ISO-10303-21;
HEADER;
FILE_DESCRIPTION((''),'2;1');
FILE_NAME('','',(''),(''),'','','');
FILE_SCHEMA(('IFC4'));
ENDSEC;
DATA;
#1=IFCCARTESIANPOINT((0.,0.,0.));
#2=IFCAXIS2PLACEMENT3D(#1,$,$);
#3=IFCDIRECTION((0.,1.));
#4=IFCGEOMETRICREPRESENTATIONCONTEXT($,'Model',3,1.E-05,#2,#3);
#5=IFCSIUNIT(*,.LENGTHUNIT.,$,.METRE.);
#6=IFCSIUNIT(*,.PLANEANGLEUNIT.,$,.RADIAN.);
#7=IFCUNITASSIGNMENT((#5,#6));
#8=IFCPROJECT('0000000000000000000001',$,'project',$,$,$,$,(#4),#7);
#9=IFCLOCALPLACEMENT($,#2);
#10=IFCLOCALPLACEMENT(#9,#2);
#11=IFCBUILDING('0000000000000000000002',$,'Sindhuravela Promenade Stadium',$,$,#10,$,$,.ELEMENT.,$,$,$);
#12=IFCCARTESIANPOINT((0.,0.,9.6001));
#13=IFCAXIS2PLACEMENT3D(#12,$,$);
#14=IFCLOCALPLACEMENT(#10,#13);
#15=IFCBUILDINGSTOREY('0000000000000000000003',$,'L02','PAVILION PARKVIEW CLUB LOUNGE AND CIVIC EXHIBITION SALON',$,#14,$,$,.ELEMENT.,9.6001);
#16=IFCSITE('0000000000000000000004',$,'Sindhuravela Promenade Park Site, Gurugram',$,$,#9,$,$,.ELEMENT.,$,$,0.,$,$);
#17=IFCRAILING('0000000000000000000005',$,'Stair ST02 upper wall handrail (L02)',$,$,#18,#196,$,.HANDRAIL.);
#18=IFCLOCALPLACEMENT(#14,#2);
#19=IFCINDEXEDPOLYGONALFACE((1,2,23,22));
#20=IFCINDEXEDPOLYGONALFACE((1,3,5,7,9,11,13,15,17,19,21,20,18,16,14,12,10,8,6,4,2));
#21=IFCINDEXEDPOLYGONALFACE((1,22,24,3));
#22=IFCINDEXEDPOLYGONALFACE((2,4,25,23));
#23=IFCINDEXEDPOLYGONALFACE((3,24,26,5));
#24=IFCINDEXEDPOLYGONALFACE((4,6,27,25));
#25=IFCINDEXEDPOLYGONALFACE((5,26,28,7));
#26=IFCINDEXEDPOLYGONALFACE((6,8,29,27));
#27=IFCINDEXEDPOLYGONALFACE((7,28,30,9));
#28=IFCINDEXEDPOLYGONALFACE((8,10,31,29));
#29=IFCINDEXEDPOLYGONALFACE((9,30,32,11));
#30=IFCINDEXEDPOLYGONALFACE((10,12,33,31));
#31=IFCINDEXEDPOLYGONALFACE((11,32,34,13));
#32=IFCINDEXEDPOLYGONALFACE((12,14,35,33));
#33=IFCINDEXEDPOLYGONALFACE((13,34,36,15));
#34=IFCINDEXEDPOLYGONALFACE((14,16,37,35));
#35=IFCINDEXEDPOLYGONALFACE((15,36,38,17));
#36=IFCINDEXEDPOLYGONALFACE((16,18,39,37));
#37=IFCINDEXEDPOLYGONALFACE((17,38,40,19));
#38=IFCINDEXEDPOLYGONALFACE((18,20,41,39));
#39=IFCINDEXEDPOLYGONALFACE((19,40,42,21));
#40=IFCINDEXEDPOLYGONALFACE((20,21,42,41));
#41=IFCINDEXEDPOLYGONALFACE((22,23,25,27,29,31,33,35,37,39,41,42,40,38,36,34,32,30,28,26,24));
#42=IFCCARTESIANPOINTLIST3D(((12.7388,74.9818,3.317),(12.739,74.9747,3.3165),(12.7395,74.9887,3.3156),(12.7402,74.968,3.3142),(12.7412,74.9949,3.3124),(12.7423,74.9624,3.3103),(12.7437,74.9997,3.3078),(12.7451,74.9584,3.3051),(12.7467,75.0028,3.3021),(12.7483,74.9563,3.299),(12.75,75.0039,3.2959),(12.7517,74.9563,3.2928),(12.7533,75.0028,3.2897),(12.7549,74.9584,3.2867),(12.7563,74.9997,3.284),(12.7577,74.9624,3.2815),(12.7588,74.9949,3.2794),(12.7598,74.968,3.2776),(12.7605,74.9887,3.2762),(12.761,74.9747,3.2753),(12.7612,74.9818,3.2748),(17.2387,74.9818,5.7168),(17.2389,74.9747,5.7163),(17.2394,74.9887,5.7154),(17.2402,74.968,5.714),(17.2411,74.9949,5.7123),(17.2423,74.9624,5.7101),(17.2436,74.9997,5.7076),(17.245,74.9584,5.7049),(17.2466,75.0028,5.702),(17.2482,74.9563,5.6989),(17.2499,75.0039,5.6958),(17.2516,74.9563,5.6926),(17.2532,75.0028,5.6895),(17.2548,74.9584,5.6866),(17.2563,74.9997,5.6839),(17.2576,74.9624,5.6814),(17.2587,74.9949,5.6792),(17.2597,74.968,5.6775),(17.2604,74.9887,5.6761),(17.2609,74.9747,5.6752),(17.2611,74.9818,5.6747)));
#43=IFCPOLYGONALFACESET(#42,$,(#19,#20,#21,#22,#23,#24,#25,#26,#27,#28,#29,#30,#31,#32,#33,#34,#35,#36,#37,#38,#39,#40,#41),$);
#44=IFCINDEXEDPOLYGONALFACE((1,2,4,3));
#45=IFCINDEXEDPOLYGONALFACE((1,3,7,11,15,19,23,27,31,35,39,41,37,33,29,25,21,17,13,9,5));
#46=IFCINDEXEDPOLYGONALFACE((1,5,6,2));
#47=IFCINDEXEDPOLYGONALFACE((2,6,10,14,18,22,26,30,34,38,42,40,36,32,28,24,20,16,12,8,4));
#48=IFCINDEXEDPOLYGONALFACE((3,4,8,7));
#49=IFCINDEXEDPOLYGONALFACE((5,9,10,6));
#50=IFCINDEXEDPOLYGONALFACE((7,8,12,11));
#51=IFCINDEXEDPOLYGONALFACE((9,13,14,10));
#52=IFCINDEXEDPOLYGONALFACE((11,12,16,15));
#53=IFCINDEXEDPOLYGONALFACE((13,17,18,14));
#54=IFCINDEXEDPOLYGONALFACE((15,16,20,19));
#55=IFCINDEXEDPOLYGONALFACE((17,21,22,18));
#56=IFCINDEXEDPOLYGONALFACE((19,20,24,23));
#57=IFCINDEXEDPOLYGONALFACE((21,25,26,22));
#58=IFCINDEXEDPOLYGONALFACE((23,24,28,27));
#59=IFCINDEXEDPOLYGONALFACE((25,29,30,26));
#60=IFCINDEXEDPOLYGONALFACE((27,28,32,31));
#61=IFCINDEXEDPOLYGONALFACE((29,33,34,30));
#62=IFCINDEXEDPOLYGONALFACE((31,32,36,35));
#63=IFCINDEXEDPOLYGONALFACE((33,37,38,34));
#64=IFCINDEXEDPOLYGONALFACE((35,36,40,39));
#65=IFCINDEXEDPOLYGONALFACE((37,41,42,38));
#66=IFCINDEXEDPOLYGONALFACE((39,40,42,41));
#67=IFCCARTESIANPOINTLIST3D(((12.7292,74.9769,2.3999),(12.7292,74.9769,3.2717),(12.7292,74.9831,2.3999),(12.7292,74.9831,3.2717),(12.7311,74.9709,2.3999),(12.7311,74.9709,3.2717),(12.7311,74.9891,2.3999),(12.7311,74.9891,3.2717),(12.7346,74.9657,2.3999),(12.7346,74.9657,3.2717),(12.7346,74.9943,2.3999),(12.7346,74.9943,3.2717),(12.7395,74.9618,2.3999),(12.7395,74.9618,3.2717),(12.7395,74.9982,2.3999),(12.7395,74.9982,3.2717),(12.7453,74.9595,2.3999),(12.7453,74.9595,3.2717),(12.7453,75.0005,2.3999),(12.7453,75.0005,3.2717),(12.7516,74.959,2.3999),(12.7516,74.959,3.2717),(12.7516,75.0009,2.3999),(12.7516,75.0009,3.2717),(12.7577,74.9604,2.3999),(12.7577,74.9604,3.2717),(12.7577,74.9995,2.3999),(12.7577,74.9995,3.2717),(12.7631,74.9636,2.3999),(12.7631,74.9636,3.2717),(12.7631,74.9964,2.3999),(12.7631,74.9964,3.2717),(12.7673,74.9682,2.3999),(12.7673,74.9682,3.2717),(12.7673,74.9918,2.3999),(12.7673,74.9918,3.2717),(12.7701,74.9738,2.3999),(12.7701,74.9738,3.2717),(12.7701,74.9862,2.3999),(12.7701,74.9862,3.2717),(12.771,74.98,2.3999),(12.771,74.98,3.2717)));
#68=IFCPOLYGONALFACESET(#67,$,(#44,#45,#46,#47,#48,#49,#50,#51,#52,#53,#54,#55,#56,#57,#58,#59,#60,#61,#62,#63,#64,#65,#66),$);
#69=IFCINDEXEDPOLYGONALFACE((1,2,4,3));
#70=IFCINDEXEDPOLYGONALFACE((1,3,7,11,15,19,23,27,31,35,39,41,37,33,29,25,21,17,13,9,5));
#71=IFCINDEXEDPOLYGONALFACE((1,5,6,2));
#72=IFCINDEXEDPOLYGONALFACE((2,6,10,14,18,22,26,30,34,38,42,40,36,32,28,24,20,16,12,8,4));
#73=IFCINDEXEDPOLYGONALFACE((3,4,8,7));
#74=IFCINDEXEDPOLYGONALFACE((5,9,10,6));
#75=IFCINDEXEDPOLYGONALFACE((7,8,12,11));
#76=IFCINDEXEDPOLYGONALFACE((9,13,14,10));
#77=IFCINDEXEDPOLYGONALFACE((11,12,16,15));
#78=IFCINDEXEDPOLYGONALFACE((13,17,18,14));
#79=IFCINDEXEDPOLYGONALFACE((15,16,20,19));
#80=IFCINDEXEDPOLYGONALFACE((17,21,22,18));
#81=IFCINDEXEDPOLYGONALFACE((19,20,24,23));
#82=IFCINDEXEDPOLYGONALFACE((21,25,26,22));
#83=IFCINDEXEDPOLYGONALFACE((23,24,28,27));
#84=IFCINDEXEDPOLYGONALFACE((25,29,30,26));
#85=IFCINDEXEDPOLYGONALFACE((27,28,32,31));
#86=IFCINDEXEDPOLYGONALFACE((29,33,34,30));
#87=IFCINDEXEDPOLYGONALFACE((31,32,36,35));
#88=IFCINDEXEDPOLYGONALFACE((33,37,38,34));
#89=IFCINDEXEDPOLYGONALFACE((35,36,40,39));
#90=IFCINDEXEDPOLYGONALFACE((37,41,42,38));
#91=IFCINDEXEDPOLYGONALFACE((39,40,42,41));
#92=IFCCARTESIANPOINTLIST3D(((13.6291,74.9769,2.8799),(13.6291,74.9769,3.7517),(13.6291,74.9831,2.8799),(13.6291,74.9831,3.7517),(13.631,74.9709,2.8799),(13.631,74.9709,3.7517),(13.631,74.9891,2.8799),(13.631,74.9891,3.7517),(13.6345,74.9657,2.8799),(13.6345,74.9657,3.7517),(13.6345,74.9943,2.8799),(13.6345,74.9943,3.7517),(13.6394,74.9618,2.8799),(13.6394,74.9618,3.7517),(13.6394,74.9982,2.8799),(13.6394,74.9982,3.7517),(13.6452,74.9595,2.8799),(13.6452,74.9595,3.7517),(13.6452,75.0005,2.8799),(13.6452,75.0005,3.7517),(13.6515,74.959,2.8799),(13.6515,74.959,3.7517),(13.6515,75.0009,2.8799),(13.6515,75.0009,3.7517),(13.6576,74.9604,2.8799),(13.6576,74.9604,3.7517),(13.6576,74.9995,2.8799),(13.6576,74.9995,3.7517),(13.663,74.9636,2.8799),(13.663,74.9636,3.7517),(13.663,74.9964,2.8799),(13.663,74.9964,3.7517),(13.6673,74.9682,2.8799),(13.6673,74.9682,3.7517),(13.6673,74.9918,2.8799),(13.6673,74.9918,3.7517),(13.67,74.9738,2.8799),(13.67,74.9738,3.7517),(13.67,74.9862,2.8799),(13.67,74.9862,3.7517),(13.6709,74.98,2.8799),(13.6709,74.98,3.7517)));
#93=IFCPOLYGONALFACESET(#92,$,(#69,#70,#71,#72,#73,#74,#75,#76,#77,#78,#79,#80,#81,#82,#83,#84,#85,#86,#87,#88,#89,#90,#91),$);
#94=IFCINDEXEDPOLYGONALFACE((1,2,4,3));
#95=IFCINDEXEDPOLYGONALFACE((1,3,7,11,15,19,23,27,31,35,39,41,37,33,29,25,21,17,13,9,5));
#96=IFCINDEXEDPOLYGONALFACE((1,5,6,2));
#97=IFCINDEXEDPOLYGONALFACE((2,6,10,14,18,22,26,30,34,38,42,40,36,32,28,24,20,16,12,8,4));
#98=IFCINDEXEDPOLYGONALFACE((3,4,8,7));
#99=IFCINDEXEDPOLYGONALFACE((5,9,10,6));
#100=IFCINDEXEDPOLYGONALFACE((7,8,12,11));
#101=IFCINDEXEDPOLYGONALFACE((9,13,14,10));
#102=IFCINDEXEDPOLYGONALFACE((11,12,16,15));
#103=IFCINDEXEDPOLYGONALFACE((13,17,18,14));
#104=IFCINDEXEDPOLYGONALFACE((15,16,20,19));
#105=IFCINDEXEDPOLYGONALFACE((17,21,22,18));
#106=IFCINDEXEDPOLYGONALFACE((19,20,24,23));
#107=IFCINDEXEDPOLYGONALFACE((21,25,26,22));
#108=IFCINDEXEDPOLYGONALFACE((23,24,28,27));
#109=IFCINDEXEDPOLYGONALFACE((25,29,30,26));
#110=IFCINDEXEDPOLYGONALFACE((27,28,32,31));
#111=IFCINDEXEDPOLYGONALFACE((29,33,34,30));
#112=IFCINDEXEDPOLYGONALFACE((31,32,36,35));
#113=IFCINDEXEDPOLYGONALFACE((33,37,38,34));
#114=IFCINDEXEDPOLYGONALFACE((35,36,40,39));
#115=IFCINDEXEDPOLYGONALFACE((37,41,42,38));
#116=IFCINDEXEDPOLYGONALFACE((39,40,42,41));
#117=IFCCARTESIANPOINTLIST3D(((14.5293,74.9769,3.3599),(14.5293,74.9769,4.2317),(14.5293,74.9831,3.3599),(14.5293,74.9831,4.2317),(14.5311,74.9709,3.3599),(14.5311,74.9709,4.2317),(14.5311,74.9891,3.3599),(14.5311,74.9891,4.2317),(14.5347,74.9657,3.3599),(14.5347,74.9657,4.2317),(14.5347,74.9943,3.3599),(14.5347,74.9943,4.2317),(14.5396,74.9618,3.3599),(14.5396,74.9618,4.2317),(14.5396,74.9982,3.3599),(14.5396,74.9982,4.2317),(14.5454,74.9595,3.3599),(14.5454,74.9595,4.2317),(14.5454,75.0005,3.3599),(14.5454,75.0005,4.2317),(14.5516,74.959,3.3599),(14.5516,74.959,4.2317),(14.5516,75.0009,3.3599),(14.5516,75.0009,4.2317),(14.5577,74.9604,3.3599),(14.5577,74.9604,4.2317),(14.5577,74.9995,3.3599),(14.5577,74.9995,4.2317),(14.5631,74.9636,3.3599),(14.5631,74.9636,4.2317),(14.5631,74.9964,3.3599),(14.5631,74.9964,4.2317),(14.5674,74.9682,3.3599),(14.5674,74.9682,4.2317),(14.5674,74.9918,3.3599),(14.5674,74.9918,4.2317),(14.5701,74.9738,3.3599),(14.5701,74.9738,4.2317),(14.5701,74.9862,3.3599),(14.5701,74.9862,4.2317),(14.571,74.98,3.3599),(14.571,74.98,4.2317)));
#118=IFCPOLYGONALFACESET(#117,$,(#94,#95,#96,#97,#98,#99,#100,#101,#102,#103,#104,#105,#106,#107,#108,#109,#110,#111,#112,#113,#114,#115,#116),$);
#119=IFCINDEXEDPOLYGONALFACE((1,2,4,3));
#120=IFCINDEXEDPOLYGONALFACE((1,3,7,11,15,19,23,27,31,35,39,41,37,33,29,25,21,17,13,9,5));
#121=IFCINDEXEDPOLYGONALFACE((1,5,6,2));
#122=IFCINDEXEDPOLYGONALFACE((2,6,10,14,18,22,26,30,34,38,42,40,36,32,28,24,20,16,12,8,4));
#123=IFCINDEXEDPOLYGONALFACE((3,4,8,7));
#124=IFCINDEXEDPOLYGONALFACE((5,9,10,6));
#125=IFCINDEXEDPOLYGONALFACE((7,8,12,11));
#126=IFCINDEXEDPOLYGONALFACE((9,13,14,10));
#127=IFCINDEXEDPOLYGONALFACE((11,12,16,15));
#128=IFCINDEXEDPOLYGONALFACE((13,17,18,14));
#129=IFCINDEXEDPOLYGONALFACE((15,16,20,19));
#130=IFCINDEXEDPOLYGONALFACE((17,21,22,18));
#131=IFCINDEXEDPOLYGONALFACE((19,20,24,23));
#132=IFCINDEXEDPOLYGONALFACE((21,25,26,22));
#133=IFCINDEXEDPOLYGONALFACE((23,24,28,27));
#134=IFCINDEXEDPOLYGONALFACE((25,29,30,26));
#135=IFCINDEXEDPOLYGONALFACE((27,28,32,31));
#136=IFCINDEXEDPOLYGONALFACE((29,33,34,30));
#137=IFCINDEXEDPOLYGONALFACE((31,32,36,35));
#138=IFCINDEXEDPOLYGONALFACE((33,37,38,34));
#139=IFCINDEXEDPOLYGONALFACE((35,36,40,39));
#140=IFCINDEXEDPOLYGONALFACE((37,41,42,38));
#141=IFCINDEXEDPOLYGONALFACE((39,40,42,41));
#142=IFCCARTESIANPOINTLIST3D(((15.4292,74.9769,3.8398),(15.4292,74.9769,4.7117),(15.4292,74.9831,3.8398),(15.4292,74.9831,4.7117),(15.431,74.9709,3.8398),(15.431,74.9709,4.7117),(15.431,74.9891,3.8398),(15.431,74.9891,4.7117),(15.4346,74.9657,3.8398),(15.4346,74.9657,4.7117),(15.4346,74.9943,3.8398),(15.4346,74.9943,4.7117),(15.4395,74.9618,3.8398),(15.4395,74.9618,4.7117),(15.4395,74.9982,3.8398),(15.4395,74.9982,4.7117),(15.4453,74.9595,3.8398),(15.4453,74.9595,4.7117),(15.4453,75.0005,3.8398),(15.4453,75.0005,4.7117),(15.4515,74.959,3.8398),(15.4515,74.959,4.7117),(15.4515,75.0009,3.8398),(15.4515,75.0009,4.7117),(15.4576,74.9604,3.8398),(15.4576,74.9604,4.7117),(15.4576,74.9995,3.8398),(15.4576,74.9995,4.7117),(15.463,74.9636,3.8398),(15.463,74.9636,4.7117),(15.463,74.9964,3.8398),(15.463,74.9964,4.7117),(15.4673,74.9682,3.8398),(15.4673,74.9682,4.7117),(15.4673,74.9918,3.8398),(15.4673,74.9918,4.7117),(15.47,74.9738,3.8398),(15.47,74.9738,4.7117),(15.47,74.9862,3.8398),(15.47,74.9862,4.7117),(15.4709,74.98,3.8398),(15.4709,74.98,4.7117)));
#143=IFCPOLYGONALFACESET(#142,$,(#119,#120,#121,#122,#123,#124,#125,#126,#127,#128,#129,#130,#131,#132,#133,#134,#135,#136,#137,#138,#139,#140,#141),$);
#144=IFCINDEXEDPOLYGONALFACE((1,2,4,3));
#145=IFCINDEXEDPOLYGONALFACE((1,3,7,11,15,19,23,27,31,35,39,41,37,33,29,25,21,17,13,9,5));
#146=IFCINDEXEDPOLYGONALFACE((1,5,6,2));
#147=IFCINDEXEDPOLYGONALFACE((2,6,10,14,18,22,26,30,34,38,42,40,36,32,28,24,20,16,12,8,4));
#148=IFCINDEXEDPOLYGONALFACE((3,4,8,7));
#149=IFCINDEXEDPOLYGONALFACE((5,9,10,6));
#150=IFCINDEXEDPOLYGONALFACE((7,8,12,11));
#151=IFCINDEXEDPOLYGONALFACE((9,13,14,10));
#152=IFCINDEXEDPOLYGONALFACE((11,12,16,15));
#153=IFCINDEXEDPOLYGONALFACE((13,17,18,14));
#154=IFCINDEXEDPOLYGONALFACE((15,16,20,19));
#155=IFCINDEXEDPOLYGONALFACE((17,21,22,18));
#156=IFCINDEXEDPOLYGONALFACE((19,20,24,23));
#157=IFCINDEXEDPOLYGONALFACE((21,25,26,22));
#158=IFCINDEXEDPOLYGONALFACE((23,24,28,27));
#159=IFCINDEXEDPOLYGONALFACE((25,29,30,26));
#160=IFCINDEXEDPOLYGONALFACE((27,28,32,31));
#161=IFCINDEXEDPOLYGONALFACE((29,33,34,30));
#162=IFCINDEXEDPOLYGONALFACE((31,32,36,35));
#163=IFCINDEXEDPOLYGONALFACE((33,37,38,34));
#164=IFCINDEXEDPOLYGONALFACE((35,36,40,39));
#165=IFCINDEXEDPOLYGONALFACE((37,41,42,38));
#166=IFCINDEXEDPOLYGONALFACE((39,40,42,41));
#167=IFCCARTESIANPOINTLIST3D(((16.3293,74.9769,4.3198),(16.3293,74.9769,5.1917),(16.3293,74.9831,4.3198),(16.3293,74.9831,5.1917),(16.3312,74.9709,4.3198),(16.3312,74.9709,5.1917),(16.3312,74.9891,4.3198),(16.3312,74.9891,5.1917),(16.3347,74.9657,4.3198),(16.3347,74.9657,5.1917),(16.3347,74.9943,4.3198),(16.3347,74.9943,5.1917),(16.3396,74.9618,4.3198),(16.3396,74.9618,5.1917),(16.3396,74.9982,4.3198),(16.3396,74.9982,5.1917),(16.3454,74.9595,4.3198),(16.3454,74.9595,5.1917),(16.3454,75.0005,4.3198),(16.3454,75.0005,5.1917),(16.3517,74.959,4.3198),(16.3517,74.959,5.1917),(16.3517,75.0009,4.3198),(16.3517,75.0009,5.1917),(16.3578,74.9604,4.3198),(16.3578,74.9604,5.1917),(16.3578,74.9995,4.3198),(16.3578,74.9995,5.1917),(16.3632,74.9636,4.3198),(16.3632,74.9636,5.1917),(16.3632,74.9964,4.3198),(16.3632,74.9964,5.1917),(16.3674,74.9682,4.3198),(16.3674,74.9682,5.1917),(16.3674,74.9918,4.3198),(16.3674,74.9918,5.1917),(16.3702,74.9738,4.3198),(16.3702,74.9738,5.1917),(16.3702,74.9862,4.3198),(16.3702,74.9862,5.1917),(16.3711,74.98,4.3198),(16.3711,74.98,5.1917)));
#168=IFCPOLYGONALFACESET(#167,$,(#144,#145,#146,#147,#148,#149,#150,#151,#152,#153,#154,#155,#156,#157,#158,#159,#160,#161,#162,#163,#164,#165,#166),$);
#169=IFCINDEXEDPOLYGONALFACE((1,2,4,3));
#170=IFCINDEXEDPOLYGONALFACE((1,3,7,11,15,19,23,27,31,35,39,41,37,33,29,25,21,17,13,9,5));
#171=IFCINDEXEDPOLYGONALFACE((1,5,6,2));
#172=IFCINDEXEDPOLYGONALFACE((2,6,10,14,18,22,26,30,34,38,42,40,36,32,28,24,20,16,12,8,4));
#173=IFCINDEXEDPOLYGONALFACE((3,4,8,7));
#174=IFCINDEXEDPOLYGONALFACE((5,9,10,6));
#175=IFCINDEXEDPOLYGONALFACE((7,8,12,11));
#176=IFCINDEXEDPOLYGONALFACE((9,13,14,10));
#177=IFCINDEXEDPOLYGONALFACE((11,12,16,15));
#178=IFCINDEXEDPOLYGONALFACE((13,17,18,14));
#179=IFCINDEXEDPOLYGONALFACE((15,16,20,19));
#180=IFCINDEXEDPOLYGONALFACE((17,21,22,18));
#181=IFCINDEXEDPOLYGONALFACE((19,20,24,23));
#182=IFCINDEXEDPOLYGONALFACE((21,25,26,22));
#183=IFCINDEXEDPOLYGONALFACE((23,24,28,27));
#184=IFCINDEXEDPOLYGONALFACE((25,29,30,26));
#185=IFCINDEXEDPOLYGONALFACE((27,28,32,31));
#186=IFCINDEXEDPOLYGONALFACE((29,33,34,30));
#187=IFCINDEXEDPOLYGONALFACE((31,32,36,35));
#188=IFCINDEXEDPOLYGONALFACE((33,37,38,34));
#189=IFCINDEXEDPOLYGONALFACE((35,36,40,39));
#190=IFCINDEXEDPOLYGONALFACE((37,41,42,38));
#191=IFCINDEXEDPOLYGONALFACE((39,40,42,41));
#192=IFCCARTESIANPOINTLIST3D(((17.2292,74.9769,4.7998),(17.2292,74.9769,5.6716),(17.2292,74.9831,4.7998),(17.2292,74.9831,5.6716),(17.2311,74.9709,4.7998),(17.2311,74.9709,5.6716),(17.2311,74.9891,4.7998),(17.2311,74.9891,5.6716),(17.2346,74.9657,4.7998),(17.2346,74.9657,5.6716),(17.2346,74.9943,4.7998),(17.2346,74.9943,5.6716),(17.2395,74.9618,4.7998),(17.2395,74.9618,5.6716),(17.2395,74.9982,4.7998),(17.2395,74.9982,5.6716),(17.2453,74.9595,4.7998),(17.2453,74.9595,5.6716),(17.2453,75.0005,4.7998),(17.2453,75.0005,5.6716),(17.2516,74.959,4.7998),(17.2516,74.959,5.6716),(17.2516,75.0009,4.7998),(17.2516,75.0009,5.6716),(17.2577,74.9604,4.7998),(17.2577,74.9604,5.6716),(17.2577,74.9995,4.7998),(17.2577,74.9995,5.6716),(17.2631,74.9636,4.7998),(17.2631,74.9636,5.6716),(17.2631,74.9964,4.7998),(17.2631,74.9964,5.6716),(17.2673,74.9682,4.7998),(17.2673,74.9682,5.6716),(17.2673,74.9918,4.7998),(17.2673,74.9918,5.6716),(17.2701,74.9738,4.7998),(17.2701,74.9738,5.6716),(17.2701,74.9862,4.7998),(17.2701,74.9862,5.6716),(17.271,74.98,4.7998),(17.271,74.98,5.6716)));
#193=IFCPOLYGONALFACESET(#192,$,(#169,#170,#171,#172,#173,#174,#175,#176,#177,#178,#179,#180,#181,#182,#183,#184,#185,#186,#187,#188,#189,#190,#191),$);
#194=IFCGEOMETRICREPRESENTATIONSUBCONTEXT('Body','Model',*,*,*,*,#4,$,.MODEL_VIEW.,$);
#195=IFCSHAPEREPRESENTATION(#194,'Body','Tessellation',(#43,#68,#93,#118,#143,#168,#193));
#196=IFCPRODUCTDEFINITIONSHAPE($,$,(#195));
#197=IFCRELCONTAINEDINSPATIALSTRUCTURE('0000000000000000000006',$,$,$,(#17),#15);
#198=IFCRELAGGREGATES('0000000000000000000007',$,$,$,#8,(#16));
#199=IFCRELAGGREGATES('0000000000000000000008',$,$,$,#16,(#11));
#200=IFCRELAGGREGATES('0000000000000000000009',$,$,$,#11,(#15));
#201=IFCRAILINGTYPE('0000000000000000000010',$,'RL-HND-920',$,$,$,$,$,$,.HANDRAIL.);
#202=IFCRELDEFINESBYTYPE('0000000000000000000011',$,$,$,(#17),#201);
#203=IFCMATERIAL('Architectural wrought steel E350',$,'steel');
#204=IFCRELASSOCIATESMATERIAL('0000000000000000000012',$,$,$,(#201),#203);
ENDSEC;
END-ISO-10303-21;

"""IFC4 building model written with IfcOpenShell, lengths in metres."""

from ifc_helpers import new_model, si_unit, direction, frame, origin, origin_2d, place, context, subcontext, project, spatial, circle, extrude, material, type_object, element, save


model = new_model("IFC4")

# Units and contexts
model_context = context("Model", 3, precision=1e-05, world=origin(), true_north=direction((0.0, 1.0)))
body_context = subcontext(model_context, "Body", "Model", "MODEL_VIEW")
ifc_project = project(units=[si_unit("LENGTHUNIT", "METRE"), si_unit("PLANEANGLEUNIT", "RADIAN")], contexts=[model_context])

# Site, building, storey
site_placement = place(None, origin())
site = spatial("IfcSite", under=ifc_project, at=site_placement, Name="Sindhuravela Promenade Park Site, Gurugram", CompositionType="ELEMENT", RefElevation=0.0)
building_placement = place(site_placement, origin())
building = spatial("IfcBuilding", under=site, at=building_placement, Name="Sindhuravela Promenade Stadium", CompositionType="ELEMENT")
storey_placement = place(building_placement, frame((0.0, 0.0, 9.6001)))
storey = spatial("IfcBuildingStorey", under=building, at=storey_placement, Name="L02", Description="PAVILION PARKVIEW CLUB LOUNGE AND CIVIC EXHIBITION SALON", CompositionType="ELEMENT", Elevation=9.6001)

# Railing
ifc_material_1 = material(Name="Architectural wrought steel E350", Category="steel")
railing_type_1 = type_object("IfcRailingType", Name="RL-HND-920", PredefinedType="HANDRAIL", material=ifc_material_1)
railing_1_placement = place(storey_placement, frame((12.75, 74.98, 2.3999)))
element("IfcRailing", 1, at=railing_1_placement, inside=storey, type_object=railing_type_1, Name="Stair ST02 upper wall handrail (L02)", PredefinedType="HANDRAIL", context=body_context, shape_type="SweptSolid", body=[
    extrude(circle(Radius=0.0239, at=origin_2d()), frame((0.0, 0.0, 0.896), z_axis=(0.882361, 0.0, 0.470573), x_axis=(0.0, 1.0, 0.0)), (0.0, 0.0, 1.0), 5.0999),
    extrude(circle(Radius=0.021, at=origin_2d()), origin(), (0.0, 0.0, 1.0), 0.8718),
    extrude(circle(Radius=0.021, at=origin_2d()), frame((0.8999, 0.0, 0.48)), (0.0, 0.0, 1.0), 0.8718),
    extrude(circle(Radius=0.021, at=origin_2d()), frame((1.8, 0.0, 0.96)), (0.0, 0.0, 1.0), 0.8718),
    extrude(circle(Radius=0.021, at=origin_2d()), frame((2.7, 0.0, 1.4399)), (0.0, 0.0, 1.0), 0.8718),
    extrude(circle(Radius=0.021, at=origin_2d()), frame((3.6001, 0.0, 1.9199)), (0.0, 0.0, 1.0), 0.8718),
    extrude(circle(Radius=0.021, at=origin_2d()), frame((4.5, 0.0, 2.3999)), (0.0, 0.0, 1.0), 0.8718),
])

save(model, "model.ifc")
